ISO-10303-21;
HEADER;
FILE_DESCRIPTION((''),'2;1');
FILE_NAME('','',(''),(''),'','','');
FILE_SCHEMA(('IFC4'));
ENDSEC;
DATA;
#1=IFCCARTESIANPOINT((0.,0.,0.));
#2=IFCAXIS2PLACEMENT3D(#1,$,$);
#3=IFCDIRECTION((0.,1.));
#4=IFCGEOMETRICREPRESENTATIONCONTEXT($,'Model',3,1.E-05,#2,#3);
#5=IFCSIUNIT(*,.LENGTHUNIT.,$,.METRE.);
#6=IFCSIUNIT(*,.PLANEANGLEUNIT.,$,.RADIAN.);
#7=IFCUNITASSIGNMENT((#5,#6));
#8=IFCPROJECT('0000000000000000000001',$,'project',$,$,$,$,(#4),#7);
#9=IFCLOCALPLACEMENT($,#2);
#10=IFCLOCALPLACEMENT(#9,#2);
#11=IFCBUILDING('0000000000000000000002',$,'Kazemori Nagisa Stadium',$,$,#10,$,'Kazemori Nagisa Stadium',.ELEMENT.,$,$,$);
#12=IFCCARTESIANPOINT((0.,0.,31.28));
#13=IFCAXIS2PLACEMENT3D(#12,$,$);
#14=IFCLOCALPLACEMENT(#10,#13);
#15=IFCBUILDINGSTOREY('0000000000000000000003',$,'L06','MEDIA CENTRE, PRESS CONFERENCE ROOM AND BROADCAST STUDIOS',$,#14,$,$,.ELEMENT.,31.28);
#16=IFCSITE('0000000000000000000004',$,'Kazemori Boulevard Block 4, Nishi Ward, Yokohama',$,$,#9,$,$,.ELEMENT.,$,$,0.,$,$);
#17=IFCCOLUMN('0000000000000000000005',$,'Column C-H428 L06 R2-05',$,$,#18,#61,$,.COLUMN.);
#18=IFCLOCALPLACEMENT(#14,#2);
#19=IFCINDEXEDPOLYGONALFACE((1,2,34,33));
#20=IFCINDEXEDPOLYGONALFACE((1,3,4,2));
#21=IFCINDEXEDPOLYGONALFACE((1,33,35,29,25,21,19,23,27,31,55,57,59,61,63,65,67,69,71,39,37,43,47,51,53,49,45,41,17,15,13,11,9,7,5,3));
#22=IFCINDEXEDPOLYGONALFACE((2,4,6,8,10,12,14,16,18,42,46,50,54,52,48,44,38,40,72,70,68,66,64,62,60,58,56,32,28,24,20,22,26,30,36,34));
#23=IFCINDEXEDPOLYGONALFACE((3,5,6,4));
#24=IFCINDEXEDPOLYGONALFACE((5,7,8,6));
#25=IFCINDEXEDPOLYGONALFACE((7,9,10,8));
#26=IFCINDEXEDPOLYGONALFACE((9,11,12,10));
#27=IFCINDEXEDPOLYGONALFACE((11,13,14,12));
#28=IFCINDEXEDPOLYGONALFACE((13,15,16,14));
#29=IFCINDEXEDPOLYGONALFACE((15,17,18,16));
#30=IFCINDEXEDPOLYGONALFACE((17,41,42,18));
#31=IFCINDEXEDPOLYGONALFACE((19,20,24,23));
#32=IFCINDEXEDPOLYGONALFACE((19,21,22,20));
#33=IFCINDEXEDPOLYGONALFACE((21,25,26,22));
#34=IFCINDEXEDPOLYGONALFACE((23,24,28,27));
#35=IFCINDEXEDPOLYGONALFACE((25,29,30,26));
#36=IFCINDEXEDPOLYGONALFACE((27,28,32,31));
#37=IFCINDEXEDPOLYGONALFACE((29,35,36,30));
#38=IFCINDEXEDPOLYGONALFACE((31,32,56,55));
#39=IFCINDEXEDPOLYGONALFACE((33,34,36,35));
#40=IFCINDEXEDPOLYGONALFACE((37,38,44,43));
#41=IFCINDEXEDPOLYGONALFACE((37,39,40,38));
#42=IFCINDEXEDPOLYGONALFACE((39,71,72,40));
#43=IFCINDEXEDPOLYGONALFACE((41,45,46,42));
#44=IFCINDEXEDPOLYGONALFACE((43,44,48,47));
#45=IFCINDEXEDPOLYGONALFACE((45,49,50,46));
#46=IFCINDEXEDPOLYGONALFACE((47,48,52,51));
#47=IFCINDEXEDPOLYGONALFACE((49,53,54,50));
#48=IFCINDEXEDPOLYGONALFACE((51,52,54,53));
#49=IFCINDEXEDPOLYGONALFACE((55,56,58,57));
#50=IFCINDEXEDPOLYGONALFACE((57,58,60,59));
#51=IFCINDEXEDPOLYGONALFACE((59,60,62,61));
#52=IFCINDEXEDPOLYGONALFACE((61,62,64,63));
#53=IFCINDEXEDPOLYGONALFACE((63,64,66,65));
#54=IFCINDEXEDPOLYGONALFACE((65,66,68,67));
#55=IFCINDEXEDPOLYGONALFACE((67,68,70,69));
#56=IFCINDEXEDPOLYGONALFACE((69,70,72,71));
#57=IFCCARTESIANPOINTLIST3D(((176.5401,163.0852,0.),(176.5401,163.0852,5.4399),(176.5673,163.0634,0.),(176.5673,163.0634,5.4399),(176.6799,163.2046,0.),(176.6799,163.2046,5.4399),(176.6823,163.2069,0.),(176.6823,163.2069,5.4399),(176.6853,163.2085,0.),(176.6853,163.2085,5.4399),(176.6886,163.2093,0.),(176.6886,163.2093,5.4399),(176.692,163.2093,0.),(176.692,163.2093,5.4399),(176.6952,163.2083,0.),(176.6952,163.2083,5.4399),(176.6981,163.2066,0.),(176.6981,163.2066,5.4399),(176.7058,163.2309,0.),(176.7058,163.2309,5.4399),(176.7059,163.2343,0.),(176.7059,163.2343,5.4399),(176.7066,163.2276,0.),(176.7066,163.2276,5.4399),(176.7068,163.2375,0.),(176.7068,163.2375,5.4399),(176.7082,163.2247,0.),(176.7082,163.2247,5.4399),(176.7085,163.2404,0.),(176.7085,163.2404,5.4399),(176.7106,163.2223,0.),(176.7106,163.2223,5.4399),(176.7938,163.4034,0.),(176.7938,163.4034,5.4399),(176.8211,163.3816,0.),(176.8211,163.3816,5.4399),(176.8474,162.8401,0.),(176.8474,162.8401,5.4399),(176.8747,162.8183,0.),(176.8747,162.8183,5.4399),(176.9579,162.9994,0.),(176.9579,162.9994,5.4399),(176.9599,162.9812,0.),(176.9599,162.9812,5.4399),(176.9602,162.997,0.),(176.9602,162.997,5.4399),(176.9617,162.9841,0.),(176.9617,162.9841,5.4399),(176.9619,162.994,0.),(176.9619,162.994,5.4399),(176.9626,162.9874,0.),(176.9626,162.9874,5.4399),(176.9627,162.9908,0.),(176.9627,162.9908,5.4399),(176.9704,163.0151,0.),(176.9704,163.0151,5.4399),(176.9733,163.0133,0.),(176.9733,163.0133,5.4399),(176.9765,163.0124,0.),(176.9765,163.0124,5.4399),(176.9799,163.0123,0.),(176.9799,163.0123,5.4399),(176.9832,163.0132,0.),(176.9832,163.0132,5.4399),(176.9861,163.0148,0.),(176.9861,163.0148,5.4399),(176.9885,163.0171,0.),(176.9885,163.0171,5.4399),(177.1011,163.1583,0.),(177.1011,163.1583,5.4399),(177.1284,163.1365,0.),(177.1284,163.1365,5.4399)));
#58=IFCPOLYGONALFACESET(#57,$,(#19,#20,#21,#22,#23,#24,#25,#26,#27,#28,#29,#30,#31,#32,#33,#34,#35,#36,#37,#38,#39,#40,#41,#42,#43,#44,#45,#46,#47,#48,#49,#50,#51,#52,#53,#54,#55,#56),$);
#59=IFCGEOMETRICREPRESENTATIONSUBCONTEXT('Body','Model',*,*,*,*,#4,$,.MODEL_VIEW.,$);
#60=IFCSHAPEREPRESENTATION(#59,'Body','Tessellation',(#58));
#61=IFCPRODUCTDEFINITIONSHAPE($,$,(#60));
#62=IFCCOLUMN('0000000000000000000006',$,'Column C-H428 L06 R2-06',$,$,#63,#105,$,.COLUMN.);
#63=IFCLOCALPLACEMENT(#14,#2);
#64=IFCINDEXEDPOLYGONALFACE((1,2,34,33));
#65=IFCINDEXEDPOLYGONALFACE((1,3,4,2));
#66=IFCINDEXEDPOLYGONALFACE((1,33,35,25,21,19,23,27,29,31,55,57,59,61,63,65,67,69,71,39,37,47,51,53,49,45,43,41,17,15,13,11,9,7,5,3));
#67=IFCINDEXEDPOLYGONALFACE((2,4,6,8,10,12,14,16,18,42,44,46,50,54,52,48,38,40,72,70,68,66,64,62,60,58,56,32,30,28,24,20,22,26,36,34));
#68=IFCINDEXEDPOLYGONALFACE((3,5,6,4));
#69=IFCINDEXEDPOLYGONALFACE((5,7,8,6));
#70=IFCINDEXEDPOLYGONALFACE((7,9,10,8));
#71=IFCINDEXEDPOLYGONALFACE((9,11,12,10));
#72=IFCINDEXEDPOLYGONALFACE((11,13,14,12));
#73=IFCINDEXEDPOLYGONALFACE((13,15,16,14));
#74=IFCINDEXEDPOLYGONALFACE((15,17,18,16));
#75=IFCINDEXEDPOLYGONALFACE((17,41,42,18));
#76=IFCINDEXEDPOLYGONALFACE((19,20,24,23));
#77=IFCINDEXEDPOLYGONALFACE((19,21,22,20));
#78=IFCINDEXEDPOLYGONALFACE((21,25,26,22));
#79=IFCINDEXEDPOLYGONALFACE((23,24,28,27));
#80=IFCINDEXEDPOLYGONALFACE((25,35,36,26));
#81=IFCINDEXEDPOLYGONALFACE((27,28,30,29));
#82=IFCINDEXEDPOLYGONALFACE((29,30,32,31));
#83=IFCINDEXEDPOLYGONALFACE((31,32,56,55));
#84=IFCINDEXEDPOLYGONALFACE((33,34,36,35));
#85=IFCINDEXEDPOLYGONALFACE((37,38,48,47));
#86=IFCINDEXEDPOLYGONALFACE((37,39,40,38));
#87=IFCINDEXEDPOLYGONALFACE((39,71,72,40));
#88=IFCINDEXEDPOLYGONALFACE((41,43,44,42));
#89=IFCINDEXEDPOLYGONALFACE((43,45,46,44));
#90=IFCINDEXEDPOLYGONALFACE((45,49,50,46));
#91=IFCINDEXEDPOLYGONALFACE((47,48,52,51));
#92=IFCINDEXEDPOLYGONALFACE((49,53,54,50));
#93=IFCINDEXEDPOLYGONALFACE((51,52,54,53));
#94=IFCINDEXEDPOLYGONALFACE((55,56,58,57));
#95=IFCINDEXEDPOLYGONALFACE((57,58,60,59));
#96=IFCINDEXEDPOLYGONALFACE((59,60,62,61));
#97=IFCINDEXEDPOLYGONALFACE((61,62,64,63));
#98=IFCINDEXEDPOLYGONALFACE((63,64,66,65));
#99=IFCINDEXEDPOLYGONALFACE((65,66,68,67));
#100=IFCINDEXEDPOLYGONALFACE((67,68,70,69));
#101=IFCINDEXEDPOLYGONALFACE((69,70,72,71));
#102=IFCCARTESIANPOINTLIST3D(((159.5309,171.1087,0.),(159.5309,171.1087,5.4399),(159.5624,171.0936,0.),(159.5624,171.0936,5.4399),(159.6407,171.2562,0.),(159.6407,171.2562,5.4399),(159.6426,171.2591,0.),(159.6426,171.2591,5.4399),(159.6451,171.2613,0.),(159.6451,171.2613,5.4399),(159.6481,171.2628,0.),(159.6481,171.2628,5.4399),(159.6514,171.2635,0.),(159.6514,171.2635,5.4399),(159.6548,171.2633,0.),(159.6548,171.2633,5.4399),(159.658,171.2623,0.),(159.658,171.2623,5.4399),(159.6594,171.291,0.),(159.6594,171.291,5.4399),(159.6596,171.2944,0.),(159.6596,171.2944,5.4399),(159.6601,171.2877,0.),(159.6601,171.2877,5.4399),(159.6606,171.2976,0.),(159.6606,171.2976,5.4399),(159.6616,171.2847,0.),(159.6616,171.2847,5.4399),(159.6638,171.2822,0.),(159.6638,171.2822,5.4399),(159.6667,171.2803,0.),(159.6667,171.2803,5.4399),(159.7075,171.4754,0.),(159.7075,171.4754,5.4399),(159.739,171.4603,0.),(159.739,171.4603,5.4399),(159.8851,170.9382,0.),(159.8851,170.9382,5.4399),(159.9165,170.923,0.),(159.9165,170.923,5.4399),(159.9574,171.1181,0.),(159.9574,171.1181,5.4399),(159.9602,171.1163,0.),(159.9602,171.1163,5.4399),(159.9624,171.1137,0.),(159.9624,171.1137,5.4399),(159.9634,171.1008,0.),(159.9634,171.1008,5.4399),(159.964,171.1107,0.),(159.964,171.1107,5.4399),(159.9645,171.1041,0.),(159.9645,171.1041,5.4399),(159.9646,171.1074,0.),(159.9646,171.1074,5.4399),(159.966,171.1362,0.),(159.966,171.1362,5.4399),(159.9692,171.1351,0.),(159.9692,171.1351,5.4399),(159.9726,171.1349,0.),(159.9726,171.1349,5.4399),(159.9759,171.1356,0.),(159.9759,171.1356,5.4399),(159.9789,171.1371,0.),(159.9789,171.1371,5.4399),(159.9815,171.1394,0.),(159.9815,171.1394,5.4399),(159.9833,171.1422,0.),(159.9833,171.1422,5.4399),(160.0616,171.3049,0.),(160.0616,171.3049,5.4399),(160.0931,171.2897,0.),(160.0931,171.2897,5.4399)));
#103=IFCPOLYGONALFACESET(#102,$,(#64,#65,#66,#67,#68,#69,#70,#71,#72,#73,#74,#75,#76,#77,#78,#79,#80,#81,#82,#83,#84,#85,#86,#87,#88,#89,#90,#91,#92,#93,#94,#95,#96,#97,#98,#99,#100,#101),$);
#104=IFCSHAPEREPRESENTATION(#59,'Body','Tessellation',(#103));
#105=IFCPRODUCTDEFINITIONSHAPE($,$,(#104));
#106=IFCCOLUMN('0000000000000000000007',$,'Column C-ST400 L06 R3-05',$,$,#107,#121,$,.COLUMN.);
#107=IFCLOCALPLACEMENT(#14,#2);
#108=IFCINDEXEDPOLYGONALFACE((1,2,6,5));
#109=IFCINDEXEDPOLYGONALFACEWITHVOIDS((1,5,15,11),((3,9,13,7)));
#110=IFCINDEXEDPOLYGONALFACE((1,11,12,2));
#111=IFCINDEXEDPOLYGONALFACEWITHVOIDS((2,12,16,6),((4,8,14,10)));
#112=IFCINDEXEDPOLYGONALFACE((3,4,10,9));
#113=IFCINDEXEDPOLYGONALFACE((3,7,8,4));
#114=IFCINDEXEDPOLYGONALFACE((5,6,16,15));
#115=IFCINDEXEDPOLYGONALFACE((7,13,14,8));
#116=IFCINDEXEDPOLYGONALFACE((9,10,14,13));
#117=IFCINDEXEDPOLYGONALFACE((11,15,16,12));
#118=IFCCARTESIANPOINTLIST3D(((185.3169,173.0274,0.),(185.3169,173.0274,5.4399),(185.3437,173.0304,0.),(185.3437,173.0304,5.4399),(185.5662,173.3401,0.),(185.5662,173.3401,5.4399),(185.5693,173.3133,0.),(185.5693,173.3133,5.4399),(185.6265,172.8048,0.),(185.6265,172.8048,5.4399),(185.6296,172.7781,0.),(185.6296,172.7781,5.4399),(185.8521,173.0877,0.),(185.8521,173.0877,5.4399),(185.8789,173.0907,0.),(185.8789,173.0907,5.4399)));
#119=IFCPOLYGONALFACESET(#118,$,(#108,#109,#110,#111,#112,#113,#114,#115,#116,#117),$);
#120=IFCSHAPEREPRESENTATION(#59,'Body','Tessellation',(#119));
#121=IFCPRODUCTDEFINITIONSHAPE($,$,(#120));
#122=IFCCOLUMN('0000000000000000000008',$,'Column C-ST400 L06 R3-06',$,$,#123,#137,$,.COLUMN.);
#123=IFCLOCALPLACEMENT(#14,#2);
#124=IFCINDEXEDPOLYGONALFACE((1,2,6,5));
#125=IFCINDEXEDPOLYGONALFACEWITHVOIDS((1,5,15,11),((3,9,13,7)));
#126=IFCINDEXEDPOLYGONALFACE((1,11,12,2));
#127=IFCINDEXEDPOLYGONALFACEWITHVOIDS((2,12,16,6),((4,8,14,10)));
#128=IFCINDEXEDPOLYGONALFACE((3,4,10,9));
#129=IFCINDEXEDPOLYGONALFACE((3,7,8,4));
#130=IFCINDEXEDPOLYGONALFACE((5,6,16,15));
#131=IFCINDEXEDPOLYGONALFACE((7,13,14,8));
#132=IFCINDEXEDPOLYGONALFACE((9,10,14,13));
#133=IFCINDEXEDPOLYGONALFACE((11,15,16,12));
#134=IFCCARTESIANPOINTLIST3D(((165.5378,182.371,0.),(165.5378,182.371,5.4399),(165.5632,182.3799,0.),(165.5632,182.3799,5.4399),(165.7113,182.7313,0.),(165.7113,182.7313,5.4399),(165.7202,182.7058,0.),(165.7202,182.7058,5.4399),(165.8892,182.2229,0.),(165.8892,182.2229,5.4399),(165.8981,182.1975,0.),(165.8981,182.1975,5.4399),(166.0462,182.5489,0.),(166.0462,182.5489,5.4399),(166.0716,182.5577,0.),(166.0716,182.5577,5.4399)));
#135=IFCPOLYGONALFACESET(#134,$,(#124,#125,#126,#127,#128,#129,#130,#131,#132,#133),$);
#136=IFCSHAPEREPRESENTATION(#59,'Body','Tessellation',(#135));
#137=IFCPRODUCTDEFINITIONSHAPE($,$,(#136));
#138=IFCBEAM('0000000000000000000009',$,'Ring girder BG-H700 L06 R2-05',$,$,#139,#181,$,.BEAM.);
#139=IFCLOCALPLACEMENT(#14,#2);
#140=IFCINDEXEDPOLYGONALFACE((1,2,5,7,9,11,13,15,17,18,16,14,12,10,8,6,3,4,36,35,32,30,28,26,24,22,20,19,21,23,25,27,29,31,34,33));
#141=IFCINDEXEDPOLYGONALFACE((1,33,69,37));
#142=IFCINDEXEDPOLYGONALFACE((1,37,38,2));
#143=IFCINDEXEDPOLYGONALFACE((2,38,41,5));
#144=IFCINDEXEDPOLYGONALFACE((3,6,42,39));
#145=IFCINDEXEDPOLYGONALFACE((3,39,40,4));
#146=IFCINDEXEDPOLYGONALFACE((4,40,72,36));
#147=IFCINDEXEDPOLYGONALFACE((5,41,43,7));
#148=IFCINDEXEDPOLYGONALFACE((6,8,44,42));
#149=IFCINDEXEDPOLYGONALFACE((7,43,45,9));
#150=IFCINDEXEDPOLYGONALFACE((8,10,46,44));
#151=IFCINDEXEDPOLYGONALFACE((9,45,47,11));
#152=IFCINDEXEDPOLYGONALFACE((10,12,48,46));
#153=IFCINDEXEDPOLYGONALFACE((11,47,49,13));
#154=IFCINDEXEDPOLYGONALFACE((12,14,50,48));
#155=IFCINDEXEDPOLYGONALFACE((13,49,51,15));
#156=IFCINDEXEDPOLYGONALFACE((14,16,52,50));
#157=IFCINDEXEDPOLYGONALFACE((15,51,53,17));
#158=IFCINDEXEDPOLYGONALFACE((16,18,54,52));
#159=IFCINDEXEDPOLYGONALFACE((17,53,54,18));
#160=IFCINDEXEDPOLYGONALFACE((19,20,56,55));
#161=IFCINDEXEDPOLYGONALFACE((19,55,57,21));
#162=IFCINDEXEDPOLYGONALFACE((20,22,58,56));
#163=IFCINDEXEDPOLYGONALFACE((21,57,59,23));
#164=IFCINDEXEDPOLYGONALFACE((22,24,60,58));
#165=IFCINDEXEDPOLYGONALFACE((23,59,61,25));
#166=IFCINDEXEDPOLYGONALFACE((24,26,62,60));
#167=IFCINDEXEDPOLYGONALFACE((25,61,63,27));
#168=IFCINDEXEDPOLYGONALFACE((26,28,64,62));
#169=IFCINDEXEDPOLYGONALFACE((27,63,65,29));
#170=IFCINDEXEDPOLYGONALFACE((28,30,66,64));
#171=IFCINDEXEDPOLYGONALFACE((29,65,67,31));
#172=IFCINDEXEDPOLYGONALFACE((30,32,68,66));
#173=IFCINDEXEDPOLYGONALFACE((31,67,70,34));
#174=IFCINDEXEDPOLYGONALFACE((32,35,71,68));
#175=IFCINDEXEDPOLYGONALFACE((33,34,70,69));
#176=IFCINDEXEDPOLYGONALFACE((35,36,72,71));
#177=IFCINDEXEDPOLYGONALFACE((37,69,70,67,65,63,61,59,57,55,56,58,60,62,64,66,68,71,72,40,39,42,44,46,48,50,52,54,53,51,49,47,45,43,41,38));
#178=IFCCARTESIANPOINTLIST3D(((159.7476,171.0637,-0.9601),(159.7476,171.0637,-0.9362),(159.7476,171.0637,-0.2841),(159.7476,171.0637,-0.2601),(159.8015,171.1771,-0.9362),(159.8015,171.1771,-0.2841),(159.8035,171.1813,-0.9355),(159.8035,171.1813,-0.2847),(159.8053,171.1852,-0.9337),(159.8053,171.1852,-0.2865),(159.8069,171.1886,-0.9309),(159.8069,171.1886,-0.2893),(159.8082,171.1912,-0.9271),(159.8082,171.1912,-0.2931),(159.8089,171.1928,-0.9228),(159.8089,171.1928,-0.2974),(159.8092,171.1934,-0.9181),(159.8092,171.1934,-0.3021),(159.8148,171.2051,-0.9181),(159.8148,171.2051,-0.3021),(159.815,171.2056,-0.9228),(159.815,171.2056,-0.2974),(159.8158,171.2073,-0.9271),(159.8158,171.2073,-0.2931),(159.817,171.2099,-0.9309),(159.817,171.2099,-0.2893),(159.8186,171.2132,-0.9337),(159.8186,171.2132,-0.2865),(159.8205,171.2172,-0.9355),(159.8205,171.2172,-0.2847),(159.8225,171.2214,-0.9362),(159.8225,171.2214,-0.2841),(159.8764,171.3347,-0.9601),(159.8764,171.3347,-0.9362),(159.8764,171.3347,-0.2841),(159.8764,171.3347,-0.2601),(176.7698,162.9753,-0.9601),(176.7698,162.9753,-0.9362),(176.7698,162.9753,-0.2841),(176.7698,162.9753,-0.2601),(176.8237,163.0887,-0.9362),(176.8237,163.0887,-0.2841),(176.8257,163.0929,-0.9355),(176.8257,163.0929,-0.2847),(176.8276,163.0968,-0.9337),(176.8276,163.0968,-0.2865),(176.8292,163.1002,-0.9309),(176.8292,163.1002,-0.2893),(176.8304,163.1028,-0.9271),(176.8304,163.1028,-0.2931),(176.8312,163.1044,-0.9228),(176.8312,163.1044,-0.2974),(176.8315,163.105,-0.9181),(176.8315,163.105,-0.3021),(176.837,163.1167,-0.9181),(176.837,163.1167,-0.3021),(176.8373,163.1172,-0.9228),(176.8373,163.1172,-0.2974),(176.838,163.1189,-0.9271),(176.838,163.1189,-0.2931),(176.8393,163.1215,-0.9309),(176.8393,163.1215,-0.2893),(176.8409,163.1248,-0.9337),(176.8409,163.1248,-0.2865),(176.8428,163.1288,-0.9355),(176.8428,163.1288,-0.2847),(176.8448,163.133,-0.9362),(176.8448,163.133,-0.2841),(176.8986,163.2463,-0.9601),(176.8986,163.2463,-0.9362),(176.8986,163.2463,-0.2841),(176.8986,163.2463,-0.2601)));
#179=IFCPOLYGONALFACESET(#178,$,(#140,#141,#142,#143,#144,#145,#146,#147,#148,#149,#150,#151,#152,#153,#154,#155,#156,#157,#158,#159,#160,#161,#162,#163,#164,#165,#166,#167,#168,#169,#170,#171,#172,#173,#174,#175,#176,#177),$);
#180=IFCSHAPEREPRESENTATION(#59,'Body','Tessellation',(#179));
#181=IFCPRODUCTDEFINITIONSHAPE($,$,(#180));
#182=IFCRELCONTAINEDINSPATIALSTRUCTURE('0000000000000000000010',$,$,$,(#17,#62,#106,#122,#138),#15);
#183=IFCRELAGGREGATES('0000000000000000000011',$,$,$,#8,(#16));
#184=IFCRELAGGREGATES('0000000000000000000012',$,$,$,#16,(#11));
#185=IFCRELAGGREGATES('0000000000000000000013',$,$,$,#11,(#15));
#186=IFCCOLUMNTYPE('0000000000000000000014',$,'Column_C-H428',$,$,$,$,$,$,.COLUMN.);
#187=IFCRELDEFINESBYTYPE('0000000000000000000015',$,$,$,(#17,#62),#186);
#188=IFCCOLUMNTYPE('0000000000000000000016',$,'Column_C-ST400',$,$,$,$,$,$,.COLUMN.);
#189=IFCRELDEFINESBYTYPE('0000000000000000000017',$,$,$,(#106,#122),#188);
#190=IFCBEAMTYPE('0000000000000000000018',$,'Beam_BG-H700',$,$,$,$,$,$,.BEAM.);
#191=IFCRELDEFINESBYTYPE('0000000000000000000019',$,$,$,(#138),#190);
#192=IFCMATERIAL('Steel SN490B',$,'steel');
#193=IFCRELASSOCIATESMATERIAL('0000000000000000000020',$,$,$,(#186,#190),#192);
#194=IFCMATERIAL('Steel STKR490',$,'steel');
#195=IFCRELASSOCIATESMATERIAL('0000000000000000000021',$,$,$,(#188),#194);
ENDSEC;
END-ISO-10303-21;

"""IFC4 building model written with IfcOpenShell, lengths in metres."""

from ifc_helpers import new_model, si_unit, direction, frame, origin, origin_2d, place, context, subcontext, project, spatial, hollow_rectangle, i_section, extrude, material, material_profile, profile_set, type_object, element, save


model = new_model("IFC4")

# Units and contexts
model_context = context("Model", 3, precision=1e-05, world=origin(), true_north=direction((0.0, 1.0)))
body_context = subcontext(model_context, "Body", "Model", "MODEL_VIEW")
ifc_project = project(units=[si_unit("LENGTHUNIT", "METRE"), si_unit("PLANEANGLEUNIT", "RADIAN")], contexts=[model_context])

# Site, building, storey
site_placement = place(None, origin())
site = spatial("IfcSite", under=ifc_project, at=site_placement, Name="Kazemori Boulevard Block 4, Nishi Ward, Yokohama", CompositionType="ELEMENT", RefElevation=0.0)
building_placement = place(site_placement, origin())
building = spatial("IfcBuilding", under=site, at=building_placement, Name="Kazemori Nagisa Stadium", LongName="Kazemori Nagisa Stadium", CompositionType="ELEMENT")
storey_placement = place(building_placement, frame((0.0, 0.0, 31.28)))
storey = spatial("IfcBuildingStorey", under=building, at=storey_placement, Name="L06", Description="MEDIA CENTRE, PRESS CONFERENCE ROOM AND BROADCAST STUDIOS", CompositionType="ELEMENT", Elevation=31.28)

# Columns
ifc_material_1 = material(Name="Steel SN490B", Category="steel")
ifc_material_profile_1 = material_profile(ifc_material_1, i_section(OverallWidth=0.407, OverallDepth=0.428, WebThickness=0.02, FlangeThickness=0.0349, FilletRadius=0.0129, at=origin_2d()), Name="H-428x407x20x35")
ifc_profile_set_1 = profile_set([ifc_material_profile_1], Name="Steel SN490B")
column_type_1 = type_object("IfcColumnType", Name="Column_C-H428", PredefinedType="COLUMN", material=ifc_profile_set_1)
for number, where, z_axis, x_axis, name in (
    (1, (176.8342, 163.1108, 0.0), (0.0, 0.0, 1.0), (0.62349, 0.781831, 0.0), "Column C-H428 L06 R2-05"),
    (2, (159.812, 171.1992, 0.0), (0.0, 0.0, 1.0), (0.433884, 0.900969, 0.0), "Column C-H428 L06 R2-06"),
):
    element("IfcColumn", number, at=place(storey_placement, frame(where, z_axis=z_axis, x_axis=x_axis)), inside=storey, type_object=column_type_1, Name=name, PredefinedType="COLUMN", context=body_context, shape_type="SweptSolid", body=[
        extrude(i_section(OverallWidth=0.407, OverallDepth=0.428, WebThickness=0.02, FlangeThickness=0.0349, FilletRadius=0.0129, at=origin_2d()), origin(), (0.0, 0.0, 1.0), 5.4399),
    ])
ifc_material_2 = material(Name="Steel STKR490", Category="steel")
ifc_material_profile_2 = material_profile(ifc_material_2, hollow_rectangle(XDim=0.3999, YDim=0.3999, WallThickness=0.019, at=origin_2d()), Name="SHS-400x400x19")
ifc_profile_set_2 = profile_set([ifc_material_profile_2], Name="Steel STKR490")
column_type_2 = type_object("IfcColumnType", Name="Column_C-ST400", PredefinedType="COLUMN", material=ifc_profile_set_2)
for number, where, z_axis, x_axis, name in (
    (3, (185.5979, 173.0591, 0.0), (0.0, 0.0, 1.0), (0.62349, 0.781831, 0.0), "Column C-ST400 L06 R3-05"),
    (4, (165.8047, 182.4644, 0.0), (0.0, 0.0, 1.0), (0.433884, 0.900969, 0.0), "Column C-ST400 L06 R3-06"),
):
    element("IfcColumn", number, at=place(storey_placement, frame(where, z_axis=z_axis, x_axis=x_axis)), inside=storey, type_object=column_type_2, Name=name, PredefinedType="COLUMN", context=body_context, shape_type="SweptSolid", body=[
        extrude(hollow_rectangle(XDim=0.3999, YDim=0.3999, WallThickness=0.019, at=origin_2d()), origin(), (0.0, 0.0, 1.0), 5.4399),
    ])

# Beam
ifc_material_profile_3 = material_profile(ifc_material_1, i_section(OverallWidth=0.3, OverallDepth=0.7, WebThickness=0.0129, FlangeThickness=0.0239, FilletRadius=0.0181, at=origin_2d()), Name="H-700x300x13x24")
ifc_profile_set_3 = profile_set([ifc_material_profile_3], Name="Steel SN490B")
beam_type_1 = type_object("IfcBeamType", Name="Beam_BG-H700", PredefinedType="BEAM", material=ifc_profile_set_3)
beam_1_placement = place(storey_placement, frame((176.8342, 163.1108, -0.6101), z_axis=(-0.903219, 0.429179, 0.0), x_axis=(-0.429179, -0.903219, 0.0)))
element("IfcBeam", 5, at=beam_1_placement, inside=storey, type_object=beam_type_1, Name="Ring girder BG-H700 L06 R2-05", PredefinedType="BEAM", context=body_context, shape_type="SweptSolid", body=[
    extrude(i_section(OverallWidth=0.3, OverallDepth=0.7, WebThickness=0.0129, FlangeThickness=0.0239, FilletRadius=0.0181, at=origin_2d()), origin(), (0.0, 0.0, 1.0), 18.8462),
])

save(model, "model.ifc")
